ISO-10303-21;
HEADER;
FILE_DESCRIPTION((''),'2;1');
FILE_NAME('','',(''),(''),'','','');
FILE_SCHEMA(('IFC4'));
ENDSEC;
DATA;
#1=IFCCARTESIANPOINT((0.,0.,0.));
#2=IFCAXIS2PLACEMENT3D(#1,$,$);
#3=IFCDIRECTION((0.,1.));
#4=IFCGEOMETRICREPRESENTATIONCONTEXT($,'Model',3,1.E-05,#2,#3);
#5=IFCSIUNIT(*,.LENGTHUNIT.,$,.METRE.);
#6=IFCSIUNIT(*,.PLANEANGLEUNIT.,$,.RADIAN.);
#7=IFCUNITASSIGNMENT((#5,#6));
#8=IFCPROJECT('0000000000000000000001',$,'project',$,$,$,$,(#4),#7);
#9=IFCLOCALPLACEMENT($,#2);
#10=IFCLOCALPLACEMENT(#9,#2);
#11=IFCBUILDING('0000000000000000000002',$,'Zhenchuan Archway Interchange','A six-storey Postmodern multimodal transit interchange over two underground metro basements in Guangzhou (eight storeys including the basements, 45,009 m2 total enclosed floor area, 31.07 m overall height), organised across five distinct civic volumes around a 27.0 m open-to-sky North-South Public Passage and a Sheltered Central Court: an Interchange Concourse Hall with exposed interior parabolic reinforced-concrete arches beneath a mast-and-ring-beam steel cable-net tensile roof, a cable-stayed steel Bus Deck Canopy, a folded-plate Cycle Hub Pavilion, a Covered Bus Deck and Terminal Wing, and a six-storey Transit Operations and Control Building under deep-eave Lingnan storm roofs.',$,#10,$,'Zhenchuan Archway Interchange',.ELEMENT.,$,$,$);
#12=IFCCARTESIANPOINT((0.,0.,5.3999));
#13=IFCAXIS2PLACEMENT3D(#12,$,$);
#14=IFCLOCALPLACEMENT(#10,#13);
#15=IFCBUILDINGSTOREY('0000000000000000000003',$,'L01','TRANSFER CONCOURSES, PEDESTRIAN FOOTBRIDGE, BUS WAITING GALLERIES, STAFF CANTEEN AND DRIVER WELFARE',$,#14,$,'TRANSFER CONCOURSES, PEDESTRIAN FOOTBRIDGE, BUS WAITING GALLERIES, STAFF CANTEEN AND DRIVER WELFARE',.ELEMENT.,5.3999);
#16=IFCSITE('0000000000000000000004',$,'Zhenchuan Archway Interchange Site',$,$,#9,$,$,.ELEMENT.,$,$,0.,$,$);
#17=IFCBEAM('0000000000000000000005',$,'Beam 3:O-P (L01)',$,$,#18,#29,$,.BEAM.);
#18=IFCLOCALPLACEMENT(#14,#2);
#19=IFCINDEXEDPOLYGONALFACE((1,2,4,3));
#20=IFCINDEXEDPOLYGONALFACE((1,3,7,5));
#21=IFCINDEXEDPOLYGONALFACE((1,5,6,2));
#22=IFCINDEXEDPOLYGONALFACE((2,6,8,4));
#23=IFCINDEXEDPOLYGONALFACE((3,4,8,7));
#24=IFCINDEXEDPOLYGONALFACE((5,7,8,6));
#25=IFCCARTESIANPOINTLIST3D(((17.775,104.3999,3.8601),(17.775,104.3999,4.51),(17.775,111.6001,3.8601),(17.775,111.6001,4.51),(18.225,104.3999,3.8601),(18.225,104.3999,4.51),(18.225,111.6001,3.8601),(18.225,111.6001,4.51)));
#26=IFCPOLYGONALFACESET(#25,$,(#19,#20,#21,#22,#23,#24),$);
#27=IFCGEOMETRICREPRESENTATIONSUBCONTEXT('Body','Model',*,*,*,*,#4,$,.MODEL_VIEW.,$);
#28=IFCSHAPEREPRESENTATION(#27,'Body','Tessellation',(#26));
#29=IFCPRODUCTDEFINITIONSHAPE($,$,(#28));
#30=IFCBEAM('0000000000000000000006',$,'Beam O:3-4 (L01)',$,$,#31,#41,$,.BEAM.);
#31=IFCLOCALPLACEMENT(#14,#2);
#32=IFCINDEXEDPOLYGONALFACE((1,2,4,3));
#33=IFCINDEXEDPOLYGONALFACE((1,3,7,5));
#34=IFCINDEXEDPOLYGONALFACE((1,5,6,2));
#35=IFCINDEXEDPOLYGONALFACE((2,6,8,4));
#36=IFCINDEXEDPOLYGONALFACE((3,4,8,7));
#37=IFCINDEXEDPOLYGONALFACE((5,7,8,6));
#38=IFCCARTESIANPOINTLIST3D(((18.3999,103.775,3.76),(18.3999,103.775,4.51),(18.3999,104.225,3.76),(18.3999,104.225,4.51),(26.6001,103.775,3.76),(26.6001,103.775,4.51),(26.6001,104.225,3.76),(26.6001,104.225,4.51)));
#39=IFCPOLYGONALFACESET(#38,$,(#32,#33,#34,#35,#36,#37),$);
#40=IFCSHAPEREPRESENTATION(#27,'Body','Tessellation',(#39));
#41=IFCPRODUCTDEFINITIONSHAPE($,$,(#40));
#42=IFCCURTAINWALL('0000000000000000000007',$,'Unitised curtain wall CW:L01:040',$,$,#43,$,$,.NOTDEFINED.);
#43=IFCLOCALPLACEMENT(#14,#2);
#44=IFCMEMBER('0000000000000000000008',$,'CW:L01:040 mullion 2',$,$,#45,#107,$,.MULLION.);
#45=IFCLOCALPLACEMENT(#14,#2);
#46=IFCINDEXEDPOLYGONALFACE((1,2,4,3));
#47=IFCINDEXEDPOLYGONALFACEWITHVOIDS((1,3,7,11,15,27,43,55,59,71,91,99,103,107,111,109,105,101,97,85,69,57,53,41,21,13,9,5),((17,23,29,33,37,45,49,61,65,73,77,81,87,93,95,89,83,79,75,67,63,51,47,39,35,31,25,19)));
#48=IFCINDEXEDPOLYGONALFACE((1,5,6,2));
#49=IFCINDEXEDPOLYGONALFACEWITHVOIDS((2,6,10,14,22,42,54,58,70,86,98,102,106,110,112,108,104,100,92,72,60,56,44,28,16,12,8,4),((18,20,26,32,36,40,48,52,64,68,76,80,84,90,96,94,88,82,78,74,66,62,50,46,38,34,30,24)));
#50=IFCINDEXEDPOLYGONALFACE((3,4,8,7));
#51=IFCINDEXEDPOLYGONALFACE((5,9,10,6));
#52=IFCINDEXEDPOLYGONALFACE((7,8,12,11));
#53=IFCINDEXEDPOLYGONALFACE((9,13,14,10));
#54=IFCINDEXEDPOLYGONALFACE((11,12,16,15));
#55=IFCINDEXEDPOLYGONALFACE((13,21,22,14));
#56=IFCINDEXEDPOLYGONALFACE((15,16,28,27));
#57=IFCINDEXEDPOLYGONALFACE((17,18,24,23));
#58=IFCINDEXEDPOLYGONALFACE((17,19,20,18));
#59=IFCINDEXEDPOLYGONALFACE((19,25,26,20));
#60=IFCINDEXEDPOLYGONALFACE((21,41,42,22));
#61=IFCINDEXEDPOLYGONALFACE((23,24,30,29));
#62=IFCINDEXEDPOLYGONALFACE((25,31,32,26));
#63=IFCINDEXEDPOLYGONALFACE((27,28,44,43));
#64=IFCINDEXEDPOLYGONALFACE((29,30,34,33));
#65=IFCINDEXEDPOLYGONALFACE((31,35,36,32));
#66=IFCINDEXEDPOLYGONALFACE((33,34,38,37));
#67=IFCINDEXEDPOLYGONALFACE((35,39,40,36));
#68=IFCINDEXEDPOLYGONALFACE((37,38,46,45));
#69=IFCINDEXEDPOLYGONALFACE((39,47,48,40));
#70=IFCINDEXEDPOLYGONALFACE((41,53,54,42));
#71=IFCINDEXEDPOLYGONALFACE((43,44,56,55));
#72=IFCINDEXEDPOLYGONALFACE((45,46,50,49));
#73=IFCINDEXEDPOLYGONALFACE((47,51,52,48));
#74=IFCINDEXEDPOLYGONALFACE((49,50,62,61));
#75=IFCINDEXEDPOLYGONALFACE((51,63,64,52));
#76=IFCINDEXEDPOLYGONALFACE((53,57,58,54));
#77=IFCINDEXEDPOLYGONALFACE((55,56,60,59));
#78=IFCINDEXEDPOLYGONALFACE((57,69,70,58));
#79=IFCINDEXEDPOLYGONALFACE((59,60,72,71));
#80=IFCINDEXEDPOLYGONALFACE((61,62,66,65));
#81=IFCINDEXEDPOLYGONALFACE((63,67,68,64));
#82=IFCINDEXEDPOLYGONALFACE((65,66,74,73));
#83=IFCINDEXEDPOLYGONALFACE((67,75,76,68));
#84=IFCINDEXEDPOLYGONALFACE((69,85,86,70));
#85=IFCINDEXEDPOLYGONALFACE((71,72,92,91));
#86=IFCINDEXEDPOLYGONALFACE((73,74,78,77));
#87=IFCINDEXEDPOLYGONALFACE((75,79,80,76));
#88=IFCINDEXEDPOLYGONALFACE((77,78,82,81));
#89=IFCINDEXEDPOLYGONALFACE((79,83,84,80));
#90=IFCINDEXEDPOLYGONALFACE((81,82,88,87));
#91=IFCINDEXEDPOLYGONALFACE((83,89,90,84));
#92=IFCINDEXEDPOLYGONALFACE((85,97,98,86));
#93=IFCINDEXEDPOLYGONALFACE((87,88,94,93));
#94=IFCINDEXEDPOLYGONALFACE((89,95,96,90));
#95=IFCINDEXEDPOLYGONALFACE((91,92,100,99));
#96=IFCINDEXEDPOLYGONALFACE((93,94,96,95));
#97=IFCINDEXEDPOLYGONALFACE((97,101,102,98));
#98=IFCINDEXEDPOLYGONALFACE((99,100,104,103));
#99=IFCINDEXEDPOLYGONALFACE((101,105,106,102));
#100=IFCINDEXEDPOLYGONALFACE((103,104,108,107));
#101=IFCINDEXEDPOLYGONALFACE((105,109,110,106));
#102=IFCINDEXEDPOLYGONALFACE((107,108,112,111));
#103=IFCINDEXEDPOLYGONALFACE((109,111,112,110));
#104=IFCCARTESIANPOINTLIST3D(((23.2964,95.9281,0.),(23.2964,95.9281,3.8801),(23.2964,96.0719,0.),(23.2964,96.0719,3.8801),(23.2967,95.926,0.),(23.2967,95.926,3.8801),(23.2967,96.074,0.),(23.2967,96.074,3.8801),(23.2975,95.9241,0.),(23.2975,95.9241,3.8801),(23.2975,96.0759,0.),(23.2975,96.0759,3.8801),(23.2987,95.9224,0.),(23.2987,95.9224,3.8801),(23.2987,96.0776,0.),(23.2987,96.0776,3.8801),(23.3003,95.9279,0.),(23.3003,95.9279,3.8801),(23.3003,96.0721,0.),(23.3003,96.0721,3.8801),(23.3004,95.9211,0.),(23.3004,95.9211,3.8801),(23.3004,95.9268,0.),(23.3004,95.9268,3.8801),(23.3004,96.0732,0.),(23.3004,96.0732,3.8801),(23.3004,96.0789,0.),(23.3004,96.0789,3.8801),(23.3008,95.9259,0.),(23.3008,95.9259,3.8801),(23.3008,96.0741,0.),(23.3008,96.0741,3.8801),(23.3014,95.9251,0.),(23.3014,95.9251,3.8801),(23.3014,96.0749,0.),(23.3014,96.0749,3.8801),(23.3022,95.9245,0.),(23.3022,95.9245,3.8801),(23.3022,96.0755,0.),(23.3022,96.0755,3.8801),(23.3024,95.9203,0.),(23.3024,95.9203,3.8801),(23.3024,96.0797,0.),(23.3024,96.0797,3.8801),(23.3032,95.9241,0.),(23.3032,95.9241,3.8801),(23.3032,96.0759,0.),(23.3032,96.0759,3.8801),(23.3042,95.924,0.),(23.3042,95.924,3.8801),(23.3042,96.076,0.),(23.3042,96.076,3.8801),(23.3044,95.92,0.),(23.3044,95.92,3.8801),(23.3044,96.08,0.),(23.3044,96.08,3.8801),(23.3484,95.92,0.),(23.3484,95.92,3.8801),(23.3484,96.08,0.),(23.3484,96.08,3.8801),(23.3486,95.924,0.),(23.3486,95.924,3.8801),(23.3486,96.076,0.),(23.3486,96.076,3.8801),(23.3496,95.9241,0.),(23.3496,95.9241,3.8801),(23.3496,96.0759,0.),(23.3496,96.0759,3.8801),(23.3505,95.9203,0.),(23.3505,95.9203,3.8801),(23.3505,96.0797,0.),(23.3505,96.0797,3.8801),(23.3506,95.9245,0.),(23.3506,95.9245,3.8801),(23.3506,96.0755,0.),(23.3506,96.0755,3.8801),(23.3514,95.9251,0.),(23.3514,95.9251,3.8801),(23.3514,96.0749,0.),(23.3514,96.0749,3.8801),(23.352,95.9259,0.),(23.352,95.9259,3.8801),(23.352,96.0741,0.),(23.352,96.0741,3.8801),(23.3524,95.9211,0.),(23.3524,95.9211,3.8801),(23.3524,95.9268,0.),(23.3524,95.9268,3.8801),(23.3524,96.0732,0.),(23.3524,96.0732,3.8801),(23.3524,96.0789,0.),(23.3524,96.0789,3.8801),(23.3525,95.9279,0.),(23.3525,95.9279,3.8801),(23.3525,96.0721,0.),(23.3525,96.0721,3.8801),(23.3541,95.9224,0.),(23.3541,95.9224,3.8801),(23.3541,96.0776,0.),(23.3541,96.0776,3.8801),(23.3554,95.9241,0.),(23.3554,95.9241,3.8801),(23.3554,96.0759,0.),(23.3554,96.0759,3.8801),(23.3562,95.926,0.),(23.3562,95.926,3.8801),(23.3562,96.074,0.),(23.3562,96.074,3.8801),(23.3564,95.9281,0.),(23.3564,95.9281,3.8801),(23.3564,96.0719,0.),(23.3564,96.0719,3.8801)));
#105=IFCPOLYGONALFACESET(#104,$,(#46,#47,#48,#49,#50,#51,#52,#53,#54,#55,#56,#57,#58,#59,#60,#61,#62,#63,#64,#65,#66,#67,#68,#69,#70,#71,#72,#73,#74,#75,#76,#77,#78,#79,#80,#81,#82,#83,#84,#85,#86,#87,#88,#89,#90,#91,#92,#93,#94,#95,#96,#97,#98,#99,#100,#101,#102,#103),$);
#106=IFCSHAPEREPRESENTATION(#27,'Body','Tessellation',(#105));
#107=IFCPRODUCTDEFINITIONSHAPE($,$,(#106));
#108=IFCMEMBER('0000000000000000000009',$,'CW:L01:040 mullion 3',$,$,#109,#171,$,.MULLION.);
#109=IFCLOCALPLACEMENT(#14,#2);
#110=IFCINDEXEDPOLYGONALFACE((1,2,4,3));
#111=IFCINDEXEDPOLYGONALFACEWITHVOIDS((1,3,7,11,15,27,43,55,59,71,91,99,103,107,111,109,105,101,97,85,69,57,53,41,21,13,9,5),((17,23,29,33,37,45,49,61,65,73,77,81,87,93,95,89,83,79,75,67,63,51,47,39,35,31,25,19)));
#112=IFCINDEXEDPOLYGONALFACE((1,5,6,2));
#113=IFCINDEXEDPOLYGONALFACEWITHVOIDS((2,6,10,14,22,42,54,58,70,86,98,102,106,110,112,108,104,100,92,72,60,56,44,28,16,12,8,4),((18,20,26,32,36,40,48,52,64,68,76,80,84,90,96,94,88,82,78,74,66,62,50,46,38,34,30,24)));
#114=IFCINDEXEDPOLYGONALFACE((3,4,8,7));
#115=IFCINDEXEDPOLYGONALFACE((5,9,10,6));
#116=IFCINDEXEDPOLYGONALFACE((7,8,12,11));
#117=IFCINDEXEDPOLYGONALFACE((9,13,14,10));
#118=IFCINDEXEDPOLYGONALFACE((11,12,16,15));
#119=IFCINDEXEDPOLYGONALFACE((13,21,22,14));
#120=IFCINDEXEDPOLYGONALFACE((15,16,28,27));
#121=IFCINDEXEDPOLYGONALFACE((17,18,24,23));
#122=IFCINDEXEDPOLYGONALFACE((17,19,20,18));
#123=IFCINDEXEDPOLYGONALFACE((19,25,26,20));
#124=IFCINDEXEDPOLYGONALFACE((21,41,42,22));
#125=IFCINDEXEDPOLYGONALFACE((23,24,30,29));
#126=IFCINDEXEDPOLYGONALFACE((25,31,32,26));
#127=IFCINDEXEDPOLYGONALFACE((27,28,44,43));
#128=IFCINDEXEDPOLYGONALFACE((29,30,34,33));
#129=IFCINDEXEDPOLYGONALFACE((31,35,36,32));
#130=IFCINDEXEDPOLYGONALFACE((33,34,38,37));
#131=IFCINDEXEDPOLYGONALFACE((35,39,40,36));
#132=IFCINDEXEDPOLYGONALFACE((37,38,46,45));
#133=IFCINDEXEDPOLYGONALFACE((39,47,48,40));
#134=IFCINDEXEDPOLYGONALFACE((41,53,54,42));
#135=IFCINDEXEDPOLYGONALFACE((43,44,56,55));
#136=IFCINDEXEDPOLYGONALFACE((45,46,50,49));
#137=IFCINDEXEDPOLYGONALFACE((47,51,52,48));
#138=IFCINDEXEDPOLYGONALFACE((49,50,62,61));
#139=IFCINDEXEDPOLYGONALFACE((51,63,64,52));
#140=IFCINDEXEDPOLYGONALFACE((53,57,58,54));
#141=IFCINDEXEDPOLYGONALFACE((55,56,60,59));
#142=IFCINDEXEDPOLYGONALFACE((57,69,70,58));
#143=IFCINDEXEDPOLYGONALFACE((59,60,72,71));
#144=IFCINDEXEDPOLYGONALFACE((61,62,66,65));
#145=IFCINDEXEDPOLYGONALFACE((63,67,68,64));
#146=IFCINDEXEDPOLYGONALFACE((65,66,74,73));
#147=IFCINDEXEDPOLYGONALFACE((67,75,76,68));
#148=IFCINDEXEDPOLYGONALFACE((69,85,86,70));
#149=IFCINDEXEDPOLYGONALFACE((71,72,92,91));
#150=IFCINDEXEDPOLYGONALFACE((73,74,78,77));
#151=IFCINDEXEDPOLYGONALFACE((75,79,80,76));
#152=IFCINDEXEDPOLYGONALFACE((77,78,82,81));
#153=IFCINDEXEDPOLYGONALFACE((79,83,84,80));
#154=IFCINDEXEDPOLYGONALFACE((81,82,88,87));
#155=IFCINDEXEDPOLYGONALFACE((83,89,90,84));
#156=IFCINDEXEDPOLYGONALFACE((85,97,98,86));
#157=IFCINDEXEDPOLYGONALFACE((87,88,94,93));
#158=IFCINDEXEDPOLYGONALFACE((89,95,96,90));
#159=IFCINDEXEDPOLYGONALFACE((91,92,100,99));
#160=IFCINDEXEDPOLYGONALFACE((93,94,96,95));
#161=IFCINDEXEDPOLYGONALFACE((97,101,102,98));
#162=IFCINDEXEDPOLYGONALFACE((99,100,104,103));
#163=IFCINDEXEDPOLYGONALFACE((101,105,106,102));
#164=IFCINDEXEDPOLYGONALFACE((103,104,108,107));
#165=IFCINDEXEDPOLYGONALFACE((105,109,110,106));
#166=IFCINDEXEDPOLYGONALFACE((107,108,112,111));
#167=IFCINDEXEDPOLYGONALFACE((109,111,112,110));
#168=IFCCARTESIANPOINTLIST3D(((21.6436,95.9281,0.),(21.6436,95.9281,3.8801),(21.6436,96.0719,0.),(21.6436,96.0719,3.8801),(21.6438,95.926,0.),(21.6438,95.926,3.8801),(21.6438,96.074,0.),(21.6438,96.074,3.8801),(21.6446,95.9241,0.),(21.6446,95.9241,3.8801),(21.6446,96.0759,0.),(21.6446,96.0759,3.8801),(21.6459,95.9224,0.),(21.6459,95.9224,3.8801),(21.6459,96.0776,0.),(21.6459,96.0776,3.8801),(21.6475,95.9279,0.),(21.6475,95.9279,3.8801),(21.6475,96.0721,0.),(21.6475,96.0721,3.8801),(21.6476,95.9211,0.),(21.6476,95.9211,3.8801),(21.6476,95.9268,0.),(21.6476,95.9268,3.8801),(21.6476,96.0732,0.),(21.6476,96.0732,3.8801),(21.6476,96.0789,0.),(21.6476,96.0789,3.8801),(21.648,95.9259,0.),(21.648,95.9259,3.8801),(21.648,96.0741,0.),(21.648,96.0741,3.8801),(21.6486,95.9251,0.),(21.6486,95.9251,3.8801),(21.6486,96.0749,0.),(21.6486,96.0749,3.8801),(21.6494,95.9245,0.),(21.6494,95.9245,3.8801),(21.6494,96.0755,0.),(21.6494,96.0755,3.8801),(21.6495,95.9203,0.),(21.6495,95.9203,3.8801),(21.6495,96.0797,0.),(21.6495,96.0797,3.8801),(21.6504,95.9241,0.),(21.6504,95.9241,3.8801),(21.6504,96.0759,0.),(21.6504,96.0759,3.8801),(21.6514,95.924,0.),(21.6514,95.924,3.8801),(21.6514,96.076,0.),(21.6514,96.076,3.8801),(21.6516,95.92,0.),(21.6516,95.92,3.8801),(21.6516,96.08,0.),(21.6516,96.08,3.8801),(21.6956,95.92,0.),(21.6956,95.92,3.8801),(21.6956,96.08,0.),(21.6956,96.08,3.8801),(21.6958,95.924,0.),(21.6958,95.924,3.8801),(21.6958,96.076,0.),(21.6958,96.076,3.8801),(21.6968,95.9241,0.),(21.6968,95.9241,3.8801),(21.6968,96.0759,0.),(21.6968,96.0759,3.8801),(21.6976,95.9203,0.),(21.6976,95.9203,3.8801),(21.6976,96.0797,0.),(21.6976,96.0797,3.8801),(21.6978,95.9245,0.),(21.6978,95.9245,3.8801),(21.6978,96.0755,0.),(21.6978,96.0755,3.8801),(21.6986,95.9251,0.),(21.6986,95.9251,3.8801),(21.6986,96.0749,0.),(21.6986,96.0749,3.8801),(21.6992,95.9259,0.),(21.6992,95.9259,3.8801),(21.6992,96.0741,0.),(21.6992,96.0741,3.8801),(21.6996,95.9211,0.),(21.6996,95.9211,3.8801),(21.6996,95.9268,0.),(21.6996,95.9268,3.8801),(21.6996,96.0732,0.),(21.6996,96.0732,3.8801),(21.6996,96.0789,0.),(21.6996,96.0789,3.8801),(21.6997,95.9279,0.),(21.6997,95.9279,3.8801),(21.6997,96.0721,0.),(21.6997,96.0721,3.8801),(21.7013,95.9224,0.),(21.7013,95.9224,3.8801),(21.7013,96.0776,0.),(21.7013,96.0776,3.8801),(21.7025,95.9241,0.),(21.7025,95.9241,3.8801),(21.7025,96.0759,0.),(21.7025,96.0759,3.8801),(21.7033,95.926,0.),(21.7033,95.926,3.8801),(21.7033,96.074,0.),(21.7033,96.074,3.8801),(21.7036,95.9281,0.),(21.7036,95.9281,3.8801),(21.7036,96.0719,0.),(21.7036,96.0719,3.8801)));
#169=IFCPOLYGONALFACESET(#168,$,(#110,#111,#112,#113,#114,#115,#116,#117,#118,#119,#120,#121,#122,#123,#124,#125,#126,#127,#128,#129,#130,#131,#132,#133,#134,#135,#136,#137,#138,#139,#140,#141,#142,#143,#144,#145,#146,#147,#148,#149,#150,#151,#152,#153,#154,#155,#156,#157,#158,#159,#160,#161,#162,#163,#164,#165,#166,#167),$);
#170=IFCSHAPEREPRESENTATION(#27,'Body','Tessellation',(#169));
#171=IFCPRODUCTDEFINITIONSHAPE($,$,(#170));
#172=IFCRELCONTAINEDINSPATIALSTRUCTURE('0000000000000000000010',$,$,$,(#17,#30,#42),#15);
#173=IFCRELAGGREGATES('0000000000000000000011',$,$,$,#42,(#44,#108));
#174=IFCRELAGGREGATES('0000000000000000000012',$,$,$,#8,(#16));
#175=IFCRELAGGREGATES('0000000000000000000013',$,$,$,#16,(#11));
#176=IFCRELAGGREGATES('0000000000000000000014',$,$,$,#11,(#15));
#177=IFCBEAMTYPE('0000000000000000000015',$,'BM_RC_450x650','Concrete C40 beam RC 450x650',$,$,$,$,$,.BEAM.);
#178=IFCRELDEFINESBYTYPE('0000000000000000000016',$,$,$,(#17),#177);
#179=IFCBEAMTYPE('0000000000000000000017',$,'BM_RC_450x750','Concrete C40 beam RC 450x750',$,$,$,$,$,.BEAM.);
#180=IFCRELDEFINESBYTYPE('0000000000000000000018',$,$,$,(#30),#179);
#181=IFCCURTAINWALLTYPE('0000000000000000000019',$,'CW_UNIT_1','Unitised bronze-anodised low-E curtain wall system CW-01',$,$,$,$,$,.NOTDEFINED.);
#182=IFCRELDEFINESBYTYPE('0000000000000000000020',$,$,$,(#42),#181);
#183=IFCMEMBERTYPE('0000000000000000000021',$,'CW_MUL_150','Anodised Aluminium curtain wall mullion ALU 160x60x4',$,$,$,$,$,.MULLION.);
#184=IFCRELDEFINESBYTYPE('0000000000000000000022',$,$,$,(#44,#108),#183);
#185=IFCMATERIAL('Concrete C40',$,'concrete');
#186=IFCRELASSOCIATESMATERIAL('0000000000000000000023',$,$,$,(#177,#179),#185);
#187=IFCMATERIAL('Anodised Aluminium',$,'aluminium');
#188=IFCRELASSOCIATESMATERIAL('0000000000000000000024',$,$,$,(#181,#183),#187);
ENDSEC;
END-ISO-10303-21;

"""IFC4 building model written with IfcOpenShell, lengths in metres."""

from ifc_helpers import new_model, si_unit, direction, frame, origin, origin_2d, place, context, subcontext, project, spatial, rectangle, hollow_rectangle, extrude, material, material_profile, profile_set, type_object, element, aggregate, save


model = new_model("IFC4")

# Units and contexts
model_context = context("Model", 3, precision=1e-05, world=origin(), true_north=direction((0.0, 1.0)))
body_context = subcontext(model_context, "Body", "Model", "MODEL_VIEW")
ifc_project = project(units=[si_unit("LENGTHUNIT", "METRE"), si_unit("PLANEANGLEUNIT", "RADIAN")], contexts=[model_context])

# Site, building, storey
site_placement = place(None, origin())
site = spatial("IfcSite", under=ifc_project, at=site_placement, Name="Zhenchuan Archway Interchange Site", CompositionType="ELEMENT", RefElevation=0.0)
building_placement = place(site_placement, origin())
building = spatial("IfcBuilding", under=site, at=building_placement, Name="Zhenchuan Archway Interchange", Description="A six-storey Postmodern multimodal transit interchange over two underground metro basements in Guangzhou (eight storeys including the basements, 45,009 m2 total enclosed floor area, 31.07 m overall height), organised across five distinct civic volumes around a 27.0 m open-to-sky North-South Public Passage and a Sheltered Central Court: an Interchange Concourse Hall with exposed interior parabolic reinforced-concrete arches beneath a mast-and-ring-beam steel cable-net tensile roof, a cable-stayed steel Bus Deck Canopy, a folded-plate Cycle Hub Pavilion, a Covered Bus Deck and Terminal Wing, and a six-storey Transit Operations and Control Building under deep-eave Lingnan storm roofs.", LongName="Zhenchuan Archway Interchange", CompositionType="ELEMENT")
storey_placement = place(building_placement, frame((0.0, 0.0, 5.3999)))
storey = spatial("IfcBuildingStorey", under=building, at=storey_placement, Name="L01", Description="TRANSFER CONCOURSES, PEDESTRIAN FOOTBRIDGE, BUS WAITING GALLERIES, STAFF CANTEEN AND DRIVER WELFARE", LongName="TRANSFER CONCOURSES, PEDESTRIAN FOOTBRIDGE, BUS WAITING GALLERIES, STAFF CANTEEN AND DRIVER WELFARE", CompositionType="ELEMENT", Elevation=5.3999)

# Beams
ifc_material_1 = material(Name="Concrete C40", Category="concrete")
ifc_material_profile_1 = material_profile(ifc_material_1, rectangle(XDim=0.45, YDim=0.6499, at=origin_2d()), Name="RC 450x650")
ifc_profile_set_1 = profile_set([ifc_material_profile_1], Name="Concrete C40")
beam_type_1 = type_object("IfcBeamType", Name="BM_RC_450x650", Description="Concrete C40 beam RC 450x650", PredefinedType="BEAM", material=ifc_profile_set_1)
beam_1_placement = place(storey_placement, frame((18.0, 104.3999, 4.1851), z_axis=(0.0, 1.0, 0.0), x_axis=(-1.0, 0.0, 0.0)))
element("IfcBeam", 1, at=beam_1_placement, inside=storey, type_object=beam_type_1, Name="Beam 3:O-P (L01)", PredefinedType="BEAM", context=body_context, shape_type="SweptSolid", body=[
    extrude(rectangle(XDim=0.45, YDim=0.6499, at=origin_2d()), origin(), (0.0, 0.0, 1.0), 7.2002),
])
ifc_material_profile_2 = material_profile(ifc_material_1, rectangle(XDim=0.45, YDim=0.75, at=origin_2d()), Name="RC 450x750")
ifc_profile_set_2 = profile_set([ifc_material_profile_2], Name="Concrete C40")
beam_type_2 = type_object("IfcBeamType", Name="BM_RC_450x750", Description="Concrete C40 beam RC 450x750", PredefinedType="BEAM", material=ifc_profile_set_2)
beam_2_placement = place(storey_placement, frame((18.3999, 104.0, 4.135), z_axis=(1.0, 0.0, 0.0), x_axis=(0.0, 1.0, 0.0)))
element("IfcBeam", 2, at=beam_2_placement, inside=storey, type_object=beam_type_2, Name="Beam O:3-4 (L01)", PredefinedType="BEAM", context=body_context, shape_type="SweptSolid", body=[
    extrude(rectangle(XDim=0.45, YDim=0.75, at=origin_2d()), origin(), (0.0, 0.0, 1.0), 8.2002),
])

# Curtain wall, members
ifc_material_2 = material(Name="Anodised Aluminium", Category="aluminium")
curtain_wall_type = type_object("IfcCurtainWallType", Name="CW_UNIT_1", Description="Unitised bronze-anodised low-E curtain wall system CW-01", PredefinedType="NOTDEFINED", material=ifc_material_2)
curtain_wall_placement = place(storey_placement, origin())
curtain_wall = element("IfcCurtainWall", 3, at=curtain_wall_placement, inside=storey, type_object=curtain_wall_type, Name="Unitised curtain wall CW:L01:040", PredefinedType="NOTDEFINED")
ifc_material_profile_3 = material_profile(ifc_material_2, hollow_rectangle(XDim=0.0601, YDim=0.1599, WallThickness=0.0039, InnerFilletRadius=0.0039, OuterFilletRadius=0.0081, at=origin_2d()), Name="ALU 160x60x4")
ifc_profile_set_3 = profile_set([ifc_material_profile_3], Name="Anodised Aluminium")
member_type_1 = type_object("IfcMemberType", Name="CW_MUL_150", Description="Anodised Aluminium curtain wall mullion ALU 160x60x4", PredefinedType="MULLION", material=ifc_profile_set_3)
member_1_placement = place(storey_placement, frame((23.3264, 96.0, 0.0), z_axis=(0.0, 0.0, 1.0), x_axis=(1.0, 0.0, 0.0)))
member_1 = element("IfcMember", 4, at=member_1_placement, type_object=member_type_1, Name="CW:L01:040 mullion 2", PredefinedType="MULLION", context=body_context, shape_type="SweptSolid", body=[
    extrude(hollow_rectangle(XDim=0.0601, YDim=0.1599, WallThickness=0.0039, InnerFilletRadius=0.0039, OuterFilletRadius=0.0081, at=origin_2d()), origin(), (0.0, 0.0, 1.0), 3.8801),
])
member_2_placement = place(storey_placement, frame((21.6736, 96.0, 0.0), z_axis=(0.0, 0.0, 1.0), x_axis=(1.0, 0.0, 0.0)))
member_2 = element("IfcMember", 5, at=member_2_placement, type_object=member_type_1, Name="CW:L01:040 mullion 3", PredefinedType="MULLION", context=body_context, shape_type="SweptSolid", body=[
    extrude(hollow_rectangle(XDim=0.0601, YDim=0.1599, WallThickness=0.0039, InnerFilletRadius=0.0039, OuterFilletRadius=0.0081, at=origin_2d()), origin(), (0.0, 0.0, 1.0), 3.8801),
])

aggregate(curtain_wall, [member_1, member_2])

save(model, "model.ifc")
